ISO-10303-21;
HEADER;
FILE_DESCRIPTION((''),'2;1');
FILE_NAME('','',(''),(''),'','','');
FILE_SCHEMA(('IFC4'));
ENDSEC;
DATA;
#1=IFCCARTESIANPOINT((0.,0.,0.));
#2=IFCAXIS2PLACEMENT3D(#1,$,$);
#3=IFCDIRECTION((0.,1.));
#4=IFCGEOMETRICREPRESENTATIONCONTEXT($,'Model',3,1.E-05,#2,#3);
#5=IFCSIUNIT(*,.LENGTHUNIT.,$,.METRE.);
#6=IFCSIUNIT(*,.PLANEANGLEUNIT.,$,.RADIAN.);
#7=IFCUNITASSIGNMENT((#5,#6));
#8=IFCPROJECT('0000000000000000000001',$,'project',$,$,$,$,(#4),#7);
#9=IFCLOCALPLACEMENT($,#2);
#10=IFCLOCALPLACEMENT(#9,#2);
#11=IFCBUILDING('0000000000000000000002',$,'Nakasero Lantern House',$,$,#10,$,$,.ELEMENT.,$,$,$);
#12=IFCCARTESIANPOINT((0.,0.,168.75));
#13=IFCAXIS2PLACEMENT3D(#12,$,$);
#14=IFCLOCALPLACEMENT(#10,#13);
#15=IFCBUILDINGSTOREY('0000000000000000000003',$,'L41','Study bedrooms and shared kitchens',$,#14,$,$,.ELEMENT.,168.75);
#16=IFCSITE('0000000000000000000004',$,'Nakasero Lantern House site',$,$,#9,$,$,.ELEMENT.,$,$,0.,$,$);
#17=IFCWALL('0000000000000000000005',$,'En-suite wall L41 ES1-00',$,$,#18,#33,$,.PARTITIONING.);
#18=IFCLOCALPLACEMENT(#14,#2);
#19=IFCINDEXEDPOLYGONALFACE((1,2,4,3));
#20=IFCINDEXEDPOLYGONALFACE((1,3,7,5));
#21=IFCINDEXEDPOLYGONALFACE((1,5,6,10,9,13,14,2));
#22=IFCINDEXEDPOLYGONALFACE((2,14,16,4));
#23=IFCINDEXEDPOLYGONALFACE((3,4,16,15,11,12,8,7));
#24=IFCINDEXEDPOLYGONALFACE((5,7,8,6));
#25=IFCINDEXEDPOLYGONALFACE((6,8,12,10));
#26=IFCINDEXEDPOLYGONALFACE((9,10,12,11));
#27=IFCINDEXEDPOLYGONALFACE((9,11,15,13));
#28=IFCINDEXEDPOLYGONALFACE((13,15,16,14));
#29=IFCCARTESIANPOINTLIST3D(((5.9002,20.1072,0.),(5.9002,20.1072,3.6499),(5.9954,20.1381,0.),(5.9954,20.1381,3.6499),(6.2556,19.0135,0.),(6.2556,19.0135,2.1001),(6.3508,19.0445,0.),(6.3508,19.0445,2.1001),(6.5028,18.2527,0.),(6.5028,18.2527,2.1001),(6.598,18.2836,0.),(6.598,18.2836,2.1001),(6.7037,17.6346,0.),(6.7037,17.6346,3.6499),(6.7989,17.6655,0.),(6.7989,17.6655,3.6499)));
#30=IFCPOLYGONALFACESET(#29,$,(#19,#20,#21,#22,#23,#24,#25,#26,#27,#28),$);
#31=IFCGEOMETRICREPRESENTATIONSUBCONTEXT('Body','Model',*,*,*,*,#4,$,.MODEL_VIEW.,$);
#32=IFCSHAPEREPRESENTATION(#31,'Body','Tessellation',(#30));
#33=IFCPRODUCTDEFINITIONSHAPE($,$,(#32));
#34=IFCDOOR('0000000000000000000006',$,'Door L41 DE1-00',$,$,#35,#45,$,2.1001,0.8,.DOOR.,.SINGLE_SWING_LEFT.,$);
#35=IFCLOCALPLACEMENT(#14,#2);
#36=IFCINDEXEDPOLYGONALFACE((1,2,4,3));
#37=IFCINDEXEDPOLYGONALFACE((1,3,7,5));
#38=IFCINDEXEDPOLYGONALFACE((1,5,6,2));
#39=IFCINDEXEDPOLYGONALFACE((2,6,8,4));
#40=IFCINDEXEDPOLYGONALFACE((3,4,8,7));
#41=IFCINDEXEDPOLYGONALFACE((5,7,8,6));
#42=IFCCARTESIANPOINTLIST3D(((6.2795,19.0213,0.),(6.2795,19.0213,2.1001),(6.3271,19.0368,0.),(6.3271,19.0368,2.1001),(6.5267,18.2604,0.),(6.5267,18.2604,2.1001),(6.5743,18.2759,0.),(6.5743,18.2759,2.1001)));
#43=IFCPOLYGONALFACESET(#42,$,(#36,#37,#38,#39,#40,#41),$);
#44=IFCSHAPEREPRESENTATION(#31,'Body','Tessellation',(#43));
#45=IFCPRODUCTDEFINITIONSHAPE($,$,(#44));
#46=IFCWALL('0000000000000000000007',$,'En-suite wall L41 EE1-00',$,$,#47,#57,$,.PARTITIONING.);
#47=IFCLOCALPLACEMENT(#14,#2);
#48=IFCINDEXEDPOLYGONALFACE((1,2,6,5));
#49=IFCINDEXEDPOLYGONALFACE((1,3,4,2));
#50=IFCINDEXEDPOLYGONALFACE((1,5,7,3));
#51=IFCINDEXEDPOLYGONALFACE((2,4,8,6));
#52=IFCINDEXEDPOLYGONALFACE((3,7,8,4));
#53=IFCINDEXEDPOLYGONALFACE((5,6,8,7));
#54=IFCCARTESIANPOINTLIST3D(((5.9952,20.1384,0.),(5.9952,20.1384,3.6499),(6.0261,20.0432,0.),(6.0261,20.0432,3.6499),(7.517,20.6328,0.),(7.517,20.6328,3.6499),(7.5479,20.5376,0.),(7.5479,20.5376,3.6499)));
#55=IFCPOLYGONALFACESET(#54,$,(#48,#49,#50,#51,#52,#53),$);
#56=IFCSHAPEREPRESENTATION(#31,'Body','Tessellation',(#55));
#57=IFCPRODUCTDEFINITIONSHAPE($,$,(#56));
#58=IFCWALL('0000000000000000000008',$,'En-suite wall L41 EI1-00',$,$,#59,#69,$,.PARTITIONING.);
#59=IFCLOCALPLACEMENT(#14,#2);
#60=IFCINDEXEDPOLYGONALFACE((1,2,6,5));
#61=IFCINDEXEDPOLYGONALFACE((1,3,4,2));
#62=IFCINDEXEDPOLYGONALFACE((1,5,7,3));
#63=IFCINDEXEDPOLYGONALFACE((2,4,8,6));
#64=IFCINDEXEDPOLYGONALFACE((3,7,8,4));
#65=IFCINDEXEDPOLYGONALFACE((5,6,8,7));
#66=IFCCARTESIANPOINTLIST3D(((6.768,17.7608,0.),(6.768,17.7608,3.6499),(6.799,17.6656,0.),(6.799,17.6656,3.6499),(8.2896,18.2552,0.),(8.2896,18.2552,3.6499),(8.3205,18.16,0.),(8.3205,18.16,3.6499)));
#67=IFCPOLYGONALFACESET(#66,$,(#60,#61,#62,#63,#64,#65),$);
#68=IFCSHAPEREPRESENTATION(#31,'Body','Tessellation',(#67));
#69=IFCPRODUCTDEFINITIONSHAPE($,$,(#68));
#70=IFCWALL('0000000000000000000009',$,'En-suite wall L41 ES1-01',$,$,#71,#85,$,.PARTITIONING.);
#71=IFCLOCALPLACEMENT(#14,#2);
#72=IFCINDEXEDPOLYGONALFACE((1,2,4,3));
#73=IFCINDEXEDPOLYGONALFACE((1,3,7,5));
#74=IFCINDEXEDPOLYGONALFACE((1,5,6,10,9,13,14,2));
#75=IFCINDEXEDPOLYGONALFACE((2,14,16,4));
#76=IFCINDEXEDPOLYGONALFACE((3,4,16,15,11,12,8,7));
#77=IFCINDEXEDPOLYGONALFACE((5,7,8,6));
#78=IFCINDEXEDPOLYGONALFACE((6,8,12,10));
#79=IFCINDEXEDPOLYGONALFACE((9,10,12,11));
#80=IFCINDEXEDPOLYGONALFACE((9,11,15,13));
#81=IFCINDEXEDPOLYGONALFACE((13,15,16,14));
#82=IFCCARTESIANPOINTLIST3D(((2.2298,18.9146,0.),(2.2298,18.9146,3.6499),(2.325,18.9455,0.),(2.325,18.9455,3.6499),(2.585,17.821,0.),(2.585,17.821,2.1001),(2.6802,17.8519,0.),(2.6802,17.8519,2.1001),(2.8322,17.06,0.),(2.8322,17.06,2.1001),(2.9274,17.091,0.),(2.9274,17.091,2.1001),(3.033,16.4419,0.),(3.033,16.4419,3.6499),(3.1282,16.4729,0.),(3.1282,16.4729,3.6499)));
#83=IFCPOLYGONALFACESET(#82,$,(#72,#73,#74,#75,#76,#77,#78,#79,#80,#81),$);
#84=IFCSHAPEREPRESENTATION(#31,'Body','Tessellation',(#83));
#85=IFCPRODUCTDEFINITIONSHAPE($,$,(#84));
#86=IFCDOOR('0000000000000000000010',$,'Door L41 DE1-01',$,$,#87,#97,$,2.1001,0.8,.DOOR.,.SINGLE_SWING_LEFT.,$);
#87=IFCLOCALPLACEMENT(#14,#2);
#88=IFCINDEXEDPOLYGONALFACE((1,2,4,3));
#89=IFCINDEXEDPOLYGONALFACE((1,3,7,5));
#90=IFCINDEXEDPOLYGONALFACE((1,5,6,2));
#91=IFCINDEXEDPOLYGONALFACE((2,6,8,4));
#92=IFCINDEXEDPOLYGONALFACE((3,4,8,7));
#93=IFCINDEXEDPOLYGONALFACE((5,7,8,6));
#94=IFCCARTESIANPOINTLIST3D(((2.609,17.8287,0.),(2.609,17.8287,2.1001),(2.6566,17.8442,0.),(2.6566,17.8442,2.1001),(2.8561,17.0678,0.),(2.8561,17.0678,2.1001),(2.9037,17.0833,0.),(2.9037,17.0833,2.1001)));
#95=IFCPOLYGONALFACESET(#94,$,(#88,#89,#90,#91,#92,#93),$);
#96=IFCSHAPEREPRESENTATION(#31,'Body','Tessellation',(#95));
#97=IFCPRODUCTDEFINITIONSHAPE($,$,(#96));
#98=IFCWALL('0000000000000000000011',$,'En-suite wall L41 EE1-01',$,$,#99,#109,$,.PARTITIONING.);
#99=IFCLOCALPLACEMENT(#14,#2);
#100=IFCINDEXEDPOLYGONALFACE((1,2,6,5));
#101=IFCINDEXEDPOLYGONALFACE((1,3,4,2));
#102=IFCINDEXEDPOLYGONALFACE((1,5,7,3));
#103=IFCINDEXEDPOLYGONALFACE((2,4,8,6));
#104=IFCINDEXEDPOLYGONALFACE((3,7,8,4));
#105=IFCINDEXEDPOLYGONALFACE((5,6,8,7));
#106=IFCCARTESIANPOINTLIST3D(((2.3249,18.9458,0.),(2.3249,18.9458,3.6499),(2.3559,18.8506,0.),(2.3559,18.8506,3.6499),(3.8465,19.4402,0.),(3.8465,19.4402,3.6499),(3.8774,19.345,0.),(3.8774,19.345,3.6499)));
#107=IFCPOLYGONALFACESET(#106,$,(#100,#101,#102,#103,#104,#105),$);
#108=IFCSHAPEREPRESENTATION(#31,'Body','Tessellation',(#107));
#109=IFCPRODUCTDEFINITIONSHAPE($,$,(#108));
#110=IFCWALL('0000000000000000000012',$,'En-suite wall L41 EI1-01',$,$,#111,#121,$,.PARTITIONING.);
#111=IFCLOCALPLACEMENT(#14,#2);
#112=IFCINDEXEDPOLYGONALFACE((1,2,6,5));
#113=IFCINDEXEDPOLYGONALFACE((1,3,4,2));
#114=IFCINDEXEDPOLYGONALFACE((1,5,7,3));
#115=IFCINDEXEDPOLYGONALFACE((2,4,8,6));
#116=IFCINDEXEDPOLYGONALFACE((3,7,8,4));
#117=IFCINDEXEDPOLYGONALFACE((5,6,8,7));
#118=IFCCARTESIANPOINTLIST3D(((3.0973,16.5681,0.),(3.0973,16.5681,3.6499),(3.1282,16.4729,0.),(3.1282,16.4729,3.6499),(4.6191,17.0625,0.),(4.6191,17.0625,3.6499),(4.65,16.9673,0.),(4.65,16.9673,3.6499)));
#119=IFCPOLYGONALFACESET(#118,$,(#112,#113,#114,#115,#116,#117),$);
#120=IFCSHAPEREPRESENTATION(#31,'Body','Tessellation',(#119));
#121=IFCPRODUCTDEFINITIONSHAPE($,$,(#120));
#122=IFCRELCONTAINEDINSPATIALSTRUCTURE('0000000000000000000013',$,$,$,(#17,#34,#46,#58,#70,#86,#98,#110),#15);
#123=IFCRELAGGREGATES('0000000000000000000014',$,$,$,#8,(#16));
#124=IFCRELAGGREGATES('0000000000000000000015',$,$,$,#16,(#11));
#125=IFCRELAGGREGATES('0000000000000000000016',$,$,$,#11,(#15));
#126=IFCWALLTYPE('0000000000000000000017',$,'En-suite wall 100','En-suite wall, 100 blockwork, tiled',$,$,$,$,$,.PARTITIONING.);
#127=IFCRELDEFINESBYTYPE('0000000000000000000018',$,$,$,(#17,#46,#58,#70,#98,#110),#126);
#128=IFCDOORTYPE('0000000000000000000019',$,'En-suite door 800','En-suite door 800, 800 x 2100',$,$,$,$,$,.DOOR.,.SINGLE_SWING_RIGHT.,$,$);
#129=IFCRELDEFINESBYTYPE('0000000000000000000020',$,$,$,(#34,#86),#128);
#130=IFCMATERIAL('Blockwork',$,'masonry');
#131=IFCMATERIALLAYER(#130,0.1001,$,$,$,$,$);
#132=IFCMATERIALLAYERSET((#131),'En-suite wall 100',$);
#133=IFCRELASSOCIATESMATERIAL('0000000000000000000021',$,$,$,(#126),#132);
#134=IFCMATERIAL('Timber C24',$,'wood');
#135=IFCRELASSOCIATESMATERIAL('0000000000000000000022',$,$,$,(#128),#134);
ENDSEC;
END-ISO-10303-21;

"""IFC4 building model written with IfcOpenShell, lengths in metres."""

from ifc_helpers import new_model, si_unit, direction, frame, frame_2d, origin, place, context, subcontext, project, spatial, rectangle, extrude, material, layer, layer_set, type_object, element, fill, save


model = new_model("IFC4")

# Units and contexts
model_context = context("Model", 3, precision=1e-05, world=origin(), true_north=direction((0.0, 1.0)))
body_context = subcontext(model_context, "Body", "Model", "MODEL_VIEW")
ifc_project = project(units=[si_unit("LENGTHUNIT", "METRE"), si_unit("PLANEANGLEUNIT", "RADIAN")], contexts=[model_context])

# Site, building, storey
site_placement = place(None, origin())
site = spatial("IfcSite", under=ifc_project, at=site_placement, Name="Nakasero Lantern House site", CompositionType="ELEMENT", RefElevation=0.0)
building_placement = place(site_placement, origin())
building = spatial("IfcBuilding", under=site, at=building_placement, Name="Nakasero Lantern House", CompositionType="ELEMENT")
storey_placement = place(building_placement, frame((0.0, 0.0, 168.75)))
storey = spatial("IfcBuildingStorey", under=building, at=storey_placement, Name="L41", Description="Study bedrooms and shared kitchens", CompositionType="ELEMENT", Elevation=168.75)

# Wall, opening, door
ifc_material_1 = material(Name="Blockwork", Category="masonry")
ifc_layer_1 = layer(ifc_material_1, 0.1001)
ifc_layer_set_1 = layer_set([ifc_layer_1], Name="En-suite wall 100")
wall_type_1 = type_object("IfcWallType", Name="En-suite wall 100", Description="En-suite wall, 100 blockwork, tiled", PredefinedType="PARTITIONING", material=ifc_layer_set_1)
wall_1_placement = place(storey_placement, frame((6.7512, 17.6501, 0.0), z_axis=(0.0, 0.0, 1.0), x_axis=(-0.309035, 0.951051, 0.0)))
wall_1 = element("IfcWall", 1, at=wall_1_placement, inside=storey, type_object=wall_type_1, Name="En-suite wall L41 ES1-00", PredefinedType="PARTITIONING", context=body_context, shape_type="SweptSolid", body=[
    extrude(rectangle(XDim=2.5999, YDim=0.1001, at=frame_2d((1.2998, 0.0))), origin(), (0.0, 0.0, 1.0), 3.6499),
])
opening_1_placement = place(wall_1_placement, frame((0.6499, 0.0, 0.0)))
opening_1 = element("IfcOpeningElement", 2, at=opening_1_placement, cuts=wall_1, PredefinedType="OPENING", context=body_context, shape_type="SweptSolid", body=[
    extrude(rectangle(XDim=0.8, YDim=2.1001, at=frame_2d((0.3999, 1.05))), frame((0.0, 0.0701, 0.0), z_axis=(0.0, -1.0, 0.0), x_axis=(1.0, 0.0, 0.0)), (0.0, 0.0, 1.0), 0.1401),
])
ifc_material_2 = material(Name="Timber C24", Category="wood")
door_type_1 = type_object("IfcDoorType", Name="En-suite door 800", Description="En-suite door 800, 800 x 2100", OperationType="SINGLE_SWING_RIGHT", PredefinedType="DOOR", material=ifc_material_2)
door_1_placement = place(opening_1_placement, origin())
door_1 = element("IfcDoor", 3, at=door_1_placement, inside=storey, type_object=door_type_1, Name="Door L41 DE1-00", OperationType="SINGLE_SWING_LEFT", OverallHeight=2.1001, OverallWidth=0.8, PredefinedType="DOOR", context=body_context, shape_type="SweptSolid", body=[
    extrude(rectangle(XDim=0.8, YDim=2.1001, at=frame_2d((0.3999, 1.05))), frame((0.0, 0.0249, 0.0), z_axis=(0.0, -1.0, 0.0), x_axis=(1.0, 0.0, 0.0)), (0.0, 0.0, 1.0), 0.05),
])
fill(opening_1, door_1)

# Walls
wall_2_placement = place(storey_placement, frame((7.5325, 20.5852, 0.0), z_axis=(0.0, 0.0, 1.0), x_axis=(-0.951067, -0.308986, 0.0)))
element("IfcWall", 4, at=wall_2_placement, inside=storey, type_object=wall_type_1, Name="En-suite wall L41 EE1-00", PredefinedType="PARTITIONING", context=body_context, shape_type="SweptSolid", body=[
    extrude(rectangle(XDim=1.6001, YDim=0.1001, at=frame_2d((0.8, 0.0))), origin(), (0.0, 0.0, 1.0), 3.6499),
])
wall_3_placement = place(storey_placement, frame((8.3049, 18.2075, 0.0), z_axis=(0.0, 0.0, 1.0), x_axis=(-0.951052, -0.309031, 0.0)))
element("IfcWall", 5, at=wall_3_placement, inside=storey, type_object=wall_type_1, Name="En-suite wall L41 EI1-00", PredefinedType="PARTITIONING", context=body_context, shape_type="SweptSolid", body=[
    extrude(rectangle(XDim=1.5999, YDim=0.1001, at=frame_2d((0.7998, 0.0))), origin(), (0.0, 0.0, 1.0), 3.6499),
])

# Wall, opening, door
wall_4_placement = place(storey_placement, frame((3.0806, 16.4575, 0.0), z_axis=(0.0, 0.0, 1.0), x_axis=(-0.30895, 0.951078, 0.0)))
wall_4 = element("IfcWall", 6, at=wall_4_placement, inside=storey, type_object=wall_type_1, Name="En-suite wall L41 ES1-01", PredefinedType="PARTITIONING", context=body_context, shape_type="SweptSolid", body=[
    extrude(rectangle(XDim=2.5999, YDim=0.1001, at=frame_2d((1.2998, 0.0))), origin(), (0.0, 0.0, 1.0), 3.6499),
])
opening_2_placement = place(wall_4_placement, frame((0.6499, 0.0, 0.0)))
opening_2 = element("IfcOpeningElement", 7, at=opening_2_placement, cuts=wall_4, PredefinedType="OPENING", context=body_context, shape_type="SweptSolid", body=[
    extrude(rectangle(XDim=0.8, YDim=2.1001, at=frame_2d((0.3999, 1.05))), frame((0.0, 0.0701, 0.0), z_axis=(0.0, -1.0, 0.0), x_axis=(1.0, 0.0, 0.0)), (0.0, 0.0, 1.0), 0.1401),
])
door_2_placement = place(opening_2_placement, origin())
door_2 = element("IfcDoor", 8, at=door_2_placement, inside=storey, type_object=door_type_1, Name="Door L41 DE1-01", OperationType="SINGLE_SWING_LEFT", OverallHeight=2.1001, OverallWidth=0.8, PredefinedType="DOOR", context=body_context, shape_type="SweptSolid", body=[
    extrude(rectangle(XDim=0.8, YDim=2.1001, at=frame_2d((0.3999, 1.05))), frame((0.0, 0.0249, 0.0), z_axis=(0.0, -1.0, 0.0), x_axis=(1.0, 0.0, 0.0)), (0.0, 0.0, 1.0), 0.05),
])
fill(opening_2, door_2)

# Walls
wall_5_placement = place(storey_placement, frame((3.8618, 19.3926, 0.0), z_axis=(0.0, 0.0, 1.0), x_axis=(-0.951052, -0.309031, 0.0)))
element("IfcWall", 9, at=wall_5_placement, inside=storey, type_object=wall_type_1, Name="En-suite wall L41 EE1-01", PredefinedType="PARTITIONING", context=body_context, shape_type="SweptSolid", body=[
    extrude(rectangle(XDim=1.5999, YDim=0.1001, at=frame_2d((0.7998, 0.0))), origin(), (0.0, 0.0, 1.0), 3.6499),
])
wall_6_placement = place(storey_placement, frame((4.6345, 17.0149, 0.0), z_axis=(0.0, 0.0, 1.0), x_axis=(-0.951067, -0.308986, 0.0)))
element("IfcWall", 10, at=wall_6_placement, inside=storey, type_object=wall_type_1, Name="En-suite wall L41 EI1-01", PredefinedType="PARTITIONING", context=body_context, shape_type="SweptSolid", body=[
    extrude(rectangle(XDim=1.6001, YDim=0.1001, at=frame_2d((0.8, 0.0))), origin(), (0.0, 0.0, 1.0), 3.6499),
])

save(model, "model.ifc")
